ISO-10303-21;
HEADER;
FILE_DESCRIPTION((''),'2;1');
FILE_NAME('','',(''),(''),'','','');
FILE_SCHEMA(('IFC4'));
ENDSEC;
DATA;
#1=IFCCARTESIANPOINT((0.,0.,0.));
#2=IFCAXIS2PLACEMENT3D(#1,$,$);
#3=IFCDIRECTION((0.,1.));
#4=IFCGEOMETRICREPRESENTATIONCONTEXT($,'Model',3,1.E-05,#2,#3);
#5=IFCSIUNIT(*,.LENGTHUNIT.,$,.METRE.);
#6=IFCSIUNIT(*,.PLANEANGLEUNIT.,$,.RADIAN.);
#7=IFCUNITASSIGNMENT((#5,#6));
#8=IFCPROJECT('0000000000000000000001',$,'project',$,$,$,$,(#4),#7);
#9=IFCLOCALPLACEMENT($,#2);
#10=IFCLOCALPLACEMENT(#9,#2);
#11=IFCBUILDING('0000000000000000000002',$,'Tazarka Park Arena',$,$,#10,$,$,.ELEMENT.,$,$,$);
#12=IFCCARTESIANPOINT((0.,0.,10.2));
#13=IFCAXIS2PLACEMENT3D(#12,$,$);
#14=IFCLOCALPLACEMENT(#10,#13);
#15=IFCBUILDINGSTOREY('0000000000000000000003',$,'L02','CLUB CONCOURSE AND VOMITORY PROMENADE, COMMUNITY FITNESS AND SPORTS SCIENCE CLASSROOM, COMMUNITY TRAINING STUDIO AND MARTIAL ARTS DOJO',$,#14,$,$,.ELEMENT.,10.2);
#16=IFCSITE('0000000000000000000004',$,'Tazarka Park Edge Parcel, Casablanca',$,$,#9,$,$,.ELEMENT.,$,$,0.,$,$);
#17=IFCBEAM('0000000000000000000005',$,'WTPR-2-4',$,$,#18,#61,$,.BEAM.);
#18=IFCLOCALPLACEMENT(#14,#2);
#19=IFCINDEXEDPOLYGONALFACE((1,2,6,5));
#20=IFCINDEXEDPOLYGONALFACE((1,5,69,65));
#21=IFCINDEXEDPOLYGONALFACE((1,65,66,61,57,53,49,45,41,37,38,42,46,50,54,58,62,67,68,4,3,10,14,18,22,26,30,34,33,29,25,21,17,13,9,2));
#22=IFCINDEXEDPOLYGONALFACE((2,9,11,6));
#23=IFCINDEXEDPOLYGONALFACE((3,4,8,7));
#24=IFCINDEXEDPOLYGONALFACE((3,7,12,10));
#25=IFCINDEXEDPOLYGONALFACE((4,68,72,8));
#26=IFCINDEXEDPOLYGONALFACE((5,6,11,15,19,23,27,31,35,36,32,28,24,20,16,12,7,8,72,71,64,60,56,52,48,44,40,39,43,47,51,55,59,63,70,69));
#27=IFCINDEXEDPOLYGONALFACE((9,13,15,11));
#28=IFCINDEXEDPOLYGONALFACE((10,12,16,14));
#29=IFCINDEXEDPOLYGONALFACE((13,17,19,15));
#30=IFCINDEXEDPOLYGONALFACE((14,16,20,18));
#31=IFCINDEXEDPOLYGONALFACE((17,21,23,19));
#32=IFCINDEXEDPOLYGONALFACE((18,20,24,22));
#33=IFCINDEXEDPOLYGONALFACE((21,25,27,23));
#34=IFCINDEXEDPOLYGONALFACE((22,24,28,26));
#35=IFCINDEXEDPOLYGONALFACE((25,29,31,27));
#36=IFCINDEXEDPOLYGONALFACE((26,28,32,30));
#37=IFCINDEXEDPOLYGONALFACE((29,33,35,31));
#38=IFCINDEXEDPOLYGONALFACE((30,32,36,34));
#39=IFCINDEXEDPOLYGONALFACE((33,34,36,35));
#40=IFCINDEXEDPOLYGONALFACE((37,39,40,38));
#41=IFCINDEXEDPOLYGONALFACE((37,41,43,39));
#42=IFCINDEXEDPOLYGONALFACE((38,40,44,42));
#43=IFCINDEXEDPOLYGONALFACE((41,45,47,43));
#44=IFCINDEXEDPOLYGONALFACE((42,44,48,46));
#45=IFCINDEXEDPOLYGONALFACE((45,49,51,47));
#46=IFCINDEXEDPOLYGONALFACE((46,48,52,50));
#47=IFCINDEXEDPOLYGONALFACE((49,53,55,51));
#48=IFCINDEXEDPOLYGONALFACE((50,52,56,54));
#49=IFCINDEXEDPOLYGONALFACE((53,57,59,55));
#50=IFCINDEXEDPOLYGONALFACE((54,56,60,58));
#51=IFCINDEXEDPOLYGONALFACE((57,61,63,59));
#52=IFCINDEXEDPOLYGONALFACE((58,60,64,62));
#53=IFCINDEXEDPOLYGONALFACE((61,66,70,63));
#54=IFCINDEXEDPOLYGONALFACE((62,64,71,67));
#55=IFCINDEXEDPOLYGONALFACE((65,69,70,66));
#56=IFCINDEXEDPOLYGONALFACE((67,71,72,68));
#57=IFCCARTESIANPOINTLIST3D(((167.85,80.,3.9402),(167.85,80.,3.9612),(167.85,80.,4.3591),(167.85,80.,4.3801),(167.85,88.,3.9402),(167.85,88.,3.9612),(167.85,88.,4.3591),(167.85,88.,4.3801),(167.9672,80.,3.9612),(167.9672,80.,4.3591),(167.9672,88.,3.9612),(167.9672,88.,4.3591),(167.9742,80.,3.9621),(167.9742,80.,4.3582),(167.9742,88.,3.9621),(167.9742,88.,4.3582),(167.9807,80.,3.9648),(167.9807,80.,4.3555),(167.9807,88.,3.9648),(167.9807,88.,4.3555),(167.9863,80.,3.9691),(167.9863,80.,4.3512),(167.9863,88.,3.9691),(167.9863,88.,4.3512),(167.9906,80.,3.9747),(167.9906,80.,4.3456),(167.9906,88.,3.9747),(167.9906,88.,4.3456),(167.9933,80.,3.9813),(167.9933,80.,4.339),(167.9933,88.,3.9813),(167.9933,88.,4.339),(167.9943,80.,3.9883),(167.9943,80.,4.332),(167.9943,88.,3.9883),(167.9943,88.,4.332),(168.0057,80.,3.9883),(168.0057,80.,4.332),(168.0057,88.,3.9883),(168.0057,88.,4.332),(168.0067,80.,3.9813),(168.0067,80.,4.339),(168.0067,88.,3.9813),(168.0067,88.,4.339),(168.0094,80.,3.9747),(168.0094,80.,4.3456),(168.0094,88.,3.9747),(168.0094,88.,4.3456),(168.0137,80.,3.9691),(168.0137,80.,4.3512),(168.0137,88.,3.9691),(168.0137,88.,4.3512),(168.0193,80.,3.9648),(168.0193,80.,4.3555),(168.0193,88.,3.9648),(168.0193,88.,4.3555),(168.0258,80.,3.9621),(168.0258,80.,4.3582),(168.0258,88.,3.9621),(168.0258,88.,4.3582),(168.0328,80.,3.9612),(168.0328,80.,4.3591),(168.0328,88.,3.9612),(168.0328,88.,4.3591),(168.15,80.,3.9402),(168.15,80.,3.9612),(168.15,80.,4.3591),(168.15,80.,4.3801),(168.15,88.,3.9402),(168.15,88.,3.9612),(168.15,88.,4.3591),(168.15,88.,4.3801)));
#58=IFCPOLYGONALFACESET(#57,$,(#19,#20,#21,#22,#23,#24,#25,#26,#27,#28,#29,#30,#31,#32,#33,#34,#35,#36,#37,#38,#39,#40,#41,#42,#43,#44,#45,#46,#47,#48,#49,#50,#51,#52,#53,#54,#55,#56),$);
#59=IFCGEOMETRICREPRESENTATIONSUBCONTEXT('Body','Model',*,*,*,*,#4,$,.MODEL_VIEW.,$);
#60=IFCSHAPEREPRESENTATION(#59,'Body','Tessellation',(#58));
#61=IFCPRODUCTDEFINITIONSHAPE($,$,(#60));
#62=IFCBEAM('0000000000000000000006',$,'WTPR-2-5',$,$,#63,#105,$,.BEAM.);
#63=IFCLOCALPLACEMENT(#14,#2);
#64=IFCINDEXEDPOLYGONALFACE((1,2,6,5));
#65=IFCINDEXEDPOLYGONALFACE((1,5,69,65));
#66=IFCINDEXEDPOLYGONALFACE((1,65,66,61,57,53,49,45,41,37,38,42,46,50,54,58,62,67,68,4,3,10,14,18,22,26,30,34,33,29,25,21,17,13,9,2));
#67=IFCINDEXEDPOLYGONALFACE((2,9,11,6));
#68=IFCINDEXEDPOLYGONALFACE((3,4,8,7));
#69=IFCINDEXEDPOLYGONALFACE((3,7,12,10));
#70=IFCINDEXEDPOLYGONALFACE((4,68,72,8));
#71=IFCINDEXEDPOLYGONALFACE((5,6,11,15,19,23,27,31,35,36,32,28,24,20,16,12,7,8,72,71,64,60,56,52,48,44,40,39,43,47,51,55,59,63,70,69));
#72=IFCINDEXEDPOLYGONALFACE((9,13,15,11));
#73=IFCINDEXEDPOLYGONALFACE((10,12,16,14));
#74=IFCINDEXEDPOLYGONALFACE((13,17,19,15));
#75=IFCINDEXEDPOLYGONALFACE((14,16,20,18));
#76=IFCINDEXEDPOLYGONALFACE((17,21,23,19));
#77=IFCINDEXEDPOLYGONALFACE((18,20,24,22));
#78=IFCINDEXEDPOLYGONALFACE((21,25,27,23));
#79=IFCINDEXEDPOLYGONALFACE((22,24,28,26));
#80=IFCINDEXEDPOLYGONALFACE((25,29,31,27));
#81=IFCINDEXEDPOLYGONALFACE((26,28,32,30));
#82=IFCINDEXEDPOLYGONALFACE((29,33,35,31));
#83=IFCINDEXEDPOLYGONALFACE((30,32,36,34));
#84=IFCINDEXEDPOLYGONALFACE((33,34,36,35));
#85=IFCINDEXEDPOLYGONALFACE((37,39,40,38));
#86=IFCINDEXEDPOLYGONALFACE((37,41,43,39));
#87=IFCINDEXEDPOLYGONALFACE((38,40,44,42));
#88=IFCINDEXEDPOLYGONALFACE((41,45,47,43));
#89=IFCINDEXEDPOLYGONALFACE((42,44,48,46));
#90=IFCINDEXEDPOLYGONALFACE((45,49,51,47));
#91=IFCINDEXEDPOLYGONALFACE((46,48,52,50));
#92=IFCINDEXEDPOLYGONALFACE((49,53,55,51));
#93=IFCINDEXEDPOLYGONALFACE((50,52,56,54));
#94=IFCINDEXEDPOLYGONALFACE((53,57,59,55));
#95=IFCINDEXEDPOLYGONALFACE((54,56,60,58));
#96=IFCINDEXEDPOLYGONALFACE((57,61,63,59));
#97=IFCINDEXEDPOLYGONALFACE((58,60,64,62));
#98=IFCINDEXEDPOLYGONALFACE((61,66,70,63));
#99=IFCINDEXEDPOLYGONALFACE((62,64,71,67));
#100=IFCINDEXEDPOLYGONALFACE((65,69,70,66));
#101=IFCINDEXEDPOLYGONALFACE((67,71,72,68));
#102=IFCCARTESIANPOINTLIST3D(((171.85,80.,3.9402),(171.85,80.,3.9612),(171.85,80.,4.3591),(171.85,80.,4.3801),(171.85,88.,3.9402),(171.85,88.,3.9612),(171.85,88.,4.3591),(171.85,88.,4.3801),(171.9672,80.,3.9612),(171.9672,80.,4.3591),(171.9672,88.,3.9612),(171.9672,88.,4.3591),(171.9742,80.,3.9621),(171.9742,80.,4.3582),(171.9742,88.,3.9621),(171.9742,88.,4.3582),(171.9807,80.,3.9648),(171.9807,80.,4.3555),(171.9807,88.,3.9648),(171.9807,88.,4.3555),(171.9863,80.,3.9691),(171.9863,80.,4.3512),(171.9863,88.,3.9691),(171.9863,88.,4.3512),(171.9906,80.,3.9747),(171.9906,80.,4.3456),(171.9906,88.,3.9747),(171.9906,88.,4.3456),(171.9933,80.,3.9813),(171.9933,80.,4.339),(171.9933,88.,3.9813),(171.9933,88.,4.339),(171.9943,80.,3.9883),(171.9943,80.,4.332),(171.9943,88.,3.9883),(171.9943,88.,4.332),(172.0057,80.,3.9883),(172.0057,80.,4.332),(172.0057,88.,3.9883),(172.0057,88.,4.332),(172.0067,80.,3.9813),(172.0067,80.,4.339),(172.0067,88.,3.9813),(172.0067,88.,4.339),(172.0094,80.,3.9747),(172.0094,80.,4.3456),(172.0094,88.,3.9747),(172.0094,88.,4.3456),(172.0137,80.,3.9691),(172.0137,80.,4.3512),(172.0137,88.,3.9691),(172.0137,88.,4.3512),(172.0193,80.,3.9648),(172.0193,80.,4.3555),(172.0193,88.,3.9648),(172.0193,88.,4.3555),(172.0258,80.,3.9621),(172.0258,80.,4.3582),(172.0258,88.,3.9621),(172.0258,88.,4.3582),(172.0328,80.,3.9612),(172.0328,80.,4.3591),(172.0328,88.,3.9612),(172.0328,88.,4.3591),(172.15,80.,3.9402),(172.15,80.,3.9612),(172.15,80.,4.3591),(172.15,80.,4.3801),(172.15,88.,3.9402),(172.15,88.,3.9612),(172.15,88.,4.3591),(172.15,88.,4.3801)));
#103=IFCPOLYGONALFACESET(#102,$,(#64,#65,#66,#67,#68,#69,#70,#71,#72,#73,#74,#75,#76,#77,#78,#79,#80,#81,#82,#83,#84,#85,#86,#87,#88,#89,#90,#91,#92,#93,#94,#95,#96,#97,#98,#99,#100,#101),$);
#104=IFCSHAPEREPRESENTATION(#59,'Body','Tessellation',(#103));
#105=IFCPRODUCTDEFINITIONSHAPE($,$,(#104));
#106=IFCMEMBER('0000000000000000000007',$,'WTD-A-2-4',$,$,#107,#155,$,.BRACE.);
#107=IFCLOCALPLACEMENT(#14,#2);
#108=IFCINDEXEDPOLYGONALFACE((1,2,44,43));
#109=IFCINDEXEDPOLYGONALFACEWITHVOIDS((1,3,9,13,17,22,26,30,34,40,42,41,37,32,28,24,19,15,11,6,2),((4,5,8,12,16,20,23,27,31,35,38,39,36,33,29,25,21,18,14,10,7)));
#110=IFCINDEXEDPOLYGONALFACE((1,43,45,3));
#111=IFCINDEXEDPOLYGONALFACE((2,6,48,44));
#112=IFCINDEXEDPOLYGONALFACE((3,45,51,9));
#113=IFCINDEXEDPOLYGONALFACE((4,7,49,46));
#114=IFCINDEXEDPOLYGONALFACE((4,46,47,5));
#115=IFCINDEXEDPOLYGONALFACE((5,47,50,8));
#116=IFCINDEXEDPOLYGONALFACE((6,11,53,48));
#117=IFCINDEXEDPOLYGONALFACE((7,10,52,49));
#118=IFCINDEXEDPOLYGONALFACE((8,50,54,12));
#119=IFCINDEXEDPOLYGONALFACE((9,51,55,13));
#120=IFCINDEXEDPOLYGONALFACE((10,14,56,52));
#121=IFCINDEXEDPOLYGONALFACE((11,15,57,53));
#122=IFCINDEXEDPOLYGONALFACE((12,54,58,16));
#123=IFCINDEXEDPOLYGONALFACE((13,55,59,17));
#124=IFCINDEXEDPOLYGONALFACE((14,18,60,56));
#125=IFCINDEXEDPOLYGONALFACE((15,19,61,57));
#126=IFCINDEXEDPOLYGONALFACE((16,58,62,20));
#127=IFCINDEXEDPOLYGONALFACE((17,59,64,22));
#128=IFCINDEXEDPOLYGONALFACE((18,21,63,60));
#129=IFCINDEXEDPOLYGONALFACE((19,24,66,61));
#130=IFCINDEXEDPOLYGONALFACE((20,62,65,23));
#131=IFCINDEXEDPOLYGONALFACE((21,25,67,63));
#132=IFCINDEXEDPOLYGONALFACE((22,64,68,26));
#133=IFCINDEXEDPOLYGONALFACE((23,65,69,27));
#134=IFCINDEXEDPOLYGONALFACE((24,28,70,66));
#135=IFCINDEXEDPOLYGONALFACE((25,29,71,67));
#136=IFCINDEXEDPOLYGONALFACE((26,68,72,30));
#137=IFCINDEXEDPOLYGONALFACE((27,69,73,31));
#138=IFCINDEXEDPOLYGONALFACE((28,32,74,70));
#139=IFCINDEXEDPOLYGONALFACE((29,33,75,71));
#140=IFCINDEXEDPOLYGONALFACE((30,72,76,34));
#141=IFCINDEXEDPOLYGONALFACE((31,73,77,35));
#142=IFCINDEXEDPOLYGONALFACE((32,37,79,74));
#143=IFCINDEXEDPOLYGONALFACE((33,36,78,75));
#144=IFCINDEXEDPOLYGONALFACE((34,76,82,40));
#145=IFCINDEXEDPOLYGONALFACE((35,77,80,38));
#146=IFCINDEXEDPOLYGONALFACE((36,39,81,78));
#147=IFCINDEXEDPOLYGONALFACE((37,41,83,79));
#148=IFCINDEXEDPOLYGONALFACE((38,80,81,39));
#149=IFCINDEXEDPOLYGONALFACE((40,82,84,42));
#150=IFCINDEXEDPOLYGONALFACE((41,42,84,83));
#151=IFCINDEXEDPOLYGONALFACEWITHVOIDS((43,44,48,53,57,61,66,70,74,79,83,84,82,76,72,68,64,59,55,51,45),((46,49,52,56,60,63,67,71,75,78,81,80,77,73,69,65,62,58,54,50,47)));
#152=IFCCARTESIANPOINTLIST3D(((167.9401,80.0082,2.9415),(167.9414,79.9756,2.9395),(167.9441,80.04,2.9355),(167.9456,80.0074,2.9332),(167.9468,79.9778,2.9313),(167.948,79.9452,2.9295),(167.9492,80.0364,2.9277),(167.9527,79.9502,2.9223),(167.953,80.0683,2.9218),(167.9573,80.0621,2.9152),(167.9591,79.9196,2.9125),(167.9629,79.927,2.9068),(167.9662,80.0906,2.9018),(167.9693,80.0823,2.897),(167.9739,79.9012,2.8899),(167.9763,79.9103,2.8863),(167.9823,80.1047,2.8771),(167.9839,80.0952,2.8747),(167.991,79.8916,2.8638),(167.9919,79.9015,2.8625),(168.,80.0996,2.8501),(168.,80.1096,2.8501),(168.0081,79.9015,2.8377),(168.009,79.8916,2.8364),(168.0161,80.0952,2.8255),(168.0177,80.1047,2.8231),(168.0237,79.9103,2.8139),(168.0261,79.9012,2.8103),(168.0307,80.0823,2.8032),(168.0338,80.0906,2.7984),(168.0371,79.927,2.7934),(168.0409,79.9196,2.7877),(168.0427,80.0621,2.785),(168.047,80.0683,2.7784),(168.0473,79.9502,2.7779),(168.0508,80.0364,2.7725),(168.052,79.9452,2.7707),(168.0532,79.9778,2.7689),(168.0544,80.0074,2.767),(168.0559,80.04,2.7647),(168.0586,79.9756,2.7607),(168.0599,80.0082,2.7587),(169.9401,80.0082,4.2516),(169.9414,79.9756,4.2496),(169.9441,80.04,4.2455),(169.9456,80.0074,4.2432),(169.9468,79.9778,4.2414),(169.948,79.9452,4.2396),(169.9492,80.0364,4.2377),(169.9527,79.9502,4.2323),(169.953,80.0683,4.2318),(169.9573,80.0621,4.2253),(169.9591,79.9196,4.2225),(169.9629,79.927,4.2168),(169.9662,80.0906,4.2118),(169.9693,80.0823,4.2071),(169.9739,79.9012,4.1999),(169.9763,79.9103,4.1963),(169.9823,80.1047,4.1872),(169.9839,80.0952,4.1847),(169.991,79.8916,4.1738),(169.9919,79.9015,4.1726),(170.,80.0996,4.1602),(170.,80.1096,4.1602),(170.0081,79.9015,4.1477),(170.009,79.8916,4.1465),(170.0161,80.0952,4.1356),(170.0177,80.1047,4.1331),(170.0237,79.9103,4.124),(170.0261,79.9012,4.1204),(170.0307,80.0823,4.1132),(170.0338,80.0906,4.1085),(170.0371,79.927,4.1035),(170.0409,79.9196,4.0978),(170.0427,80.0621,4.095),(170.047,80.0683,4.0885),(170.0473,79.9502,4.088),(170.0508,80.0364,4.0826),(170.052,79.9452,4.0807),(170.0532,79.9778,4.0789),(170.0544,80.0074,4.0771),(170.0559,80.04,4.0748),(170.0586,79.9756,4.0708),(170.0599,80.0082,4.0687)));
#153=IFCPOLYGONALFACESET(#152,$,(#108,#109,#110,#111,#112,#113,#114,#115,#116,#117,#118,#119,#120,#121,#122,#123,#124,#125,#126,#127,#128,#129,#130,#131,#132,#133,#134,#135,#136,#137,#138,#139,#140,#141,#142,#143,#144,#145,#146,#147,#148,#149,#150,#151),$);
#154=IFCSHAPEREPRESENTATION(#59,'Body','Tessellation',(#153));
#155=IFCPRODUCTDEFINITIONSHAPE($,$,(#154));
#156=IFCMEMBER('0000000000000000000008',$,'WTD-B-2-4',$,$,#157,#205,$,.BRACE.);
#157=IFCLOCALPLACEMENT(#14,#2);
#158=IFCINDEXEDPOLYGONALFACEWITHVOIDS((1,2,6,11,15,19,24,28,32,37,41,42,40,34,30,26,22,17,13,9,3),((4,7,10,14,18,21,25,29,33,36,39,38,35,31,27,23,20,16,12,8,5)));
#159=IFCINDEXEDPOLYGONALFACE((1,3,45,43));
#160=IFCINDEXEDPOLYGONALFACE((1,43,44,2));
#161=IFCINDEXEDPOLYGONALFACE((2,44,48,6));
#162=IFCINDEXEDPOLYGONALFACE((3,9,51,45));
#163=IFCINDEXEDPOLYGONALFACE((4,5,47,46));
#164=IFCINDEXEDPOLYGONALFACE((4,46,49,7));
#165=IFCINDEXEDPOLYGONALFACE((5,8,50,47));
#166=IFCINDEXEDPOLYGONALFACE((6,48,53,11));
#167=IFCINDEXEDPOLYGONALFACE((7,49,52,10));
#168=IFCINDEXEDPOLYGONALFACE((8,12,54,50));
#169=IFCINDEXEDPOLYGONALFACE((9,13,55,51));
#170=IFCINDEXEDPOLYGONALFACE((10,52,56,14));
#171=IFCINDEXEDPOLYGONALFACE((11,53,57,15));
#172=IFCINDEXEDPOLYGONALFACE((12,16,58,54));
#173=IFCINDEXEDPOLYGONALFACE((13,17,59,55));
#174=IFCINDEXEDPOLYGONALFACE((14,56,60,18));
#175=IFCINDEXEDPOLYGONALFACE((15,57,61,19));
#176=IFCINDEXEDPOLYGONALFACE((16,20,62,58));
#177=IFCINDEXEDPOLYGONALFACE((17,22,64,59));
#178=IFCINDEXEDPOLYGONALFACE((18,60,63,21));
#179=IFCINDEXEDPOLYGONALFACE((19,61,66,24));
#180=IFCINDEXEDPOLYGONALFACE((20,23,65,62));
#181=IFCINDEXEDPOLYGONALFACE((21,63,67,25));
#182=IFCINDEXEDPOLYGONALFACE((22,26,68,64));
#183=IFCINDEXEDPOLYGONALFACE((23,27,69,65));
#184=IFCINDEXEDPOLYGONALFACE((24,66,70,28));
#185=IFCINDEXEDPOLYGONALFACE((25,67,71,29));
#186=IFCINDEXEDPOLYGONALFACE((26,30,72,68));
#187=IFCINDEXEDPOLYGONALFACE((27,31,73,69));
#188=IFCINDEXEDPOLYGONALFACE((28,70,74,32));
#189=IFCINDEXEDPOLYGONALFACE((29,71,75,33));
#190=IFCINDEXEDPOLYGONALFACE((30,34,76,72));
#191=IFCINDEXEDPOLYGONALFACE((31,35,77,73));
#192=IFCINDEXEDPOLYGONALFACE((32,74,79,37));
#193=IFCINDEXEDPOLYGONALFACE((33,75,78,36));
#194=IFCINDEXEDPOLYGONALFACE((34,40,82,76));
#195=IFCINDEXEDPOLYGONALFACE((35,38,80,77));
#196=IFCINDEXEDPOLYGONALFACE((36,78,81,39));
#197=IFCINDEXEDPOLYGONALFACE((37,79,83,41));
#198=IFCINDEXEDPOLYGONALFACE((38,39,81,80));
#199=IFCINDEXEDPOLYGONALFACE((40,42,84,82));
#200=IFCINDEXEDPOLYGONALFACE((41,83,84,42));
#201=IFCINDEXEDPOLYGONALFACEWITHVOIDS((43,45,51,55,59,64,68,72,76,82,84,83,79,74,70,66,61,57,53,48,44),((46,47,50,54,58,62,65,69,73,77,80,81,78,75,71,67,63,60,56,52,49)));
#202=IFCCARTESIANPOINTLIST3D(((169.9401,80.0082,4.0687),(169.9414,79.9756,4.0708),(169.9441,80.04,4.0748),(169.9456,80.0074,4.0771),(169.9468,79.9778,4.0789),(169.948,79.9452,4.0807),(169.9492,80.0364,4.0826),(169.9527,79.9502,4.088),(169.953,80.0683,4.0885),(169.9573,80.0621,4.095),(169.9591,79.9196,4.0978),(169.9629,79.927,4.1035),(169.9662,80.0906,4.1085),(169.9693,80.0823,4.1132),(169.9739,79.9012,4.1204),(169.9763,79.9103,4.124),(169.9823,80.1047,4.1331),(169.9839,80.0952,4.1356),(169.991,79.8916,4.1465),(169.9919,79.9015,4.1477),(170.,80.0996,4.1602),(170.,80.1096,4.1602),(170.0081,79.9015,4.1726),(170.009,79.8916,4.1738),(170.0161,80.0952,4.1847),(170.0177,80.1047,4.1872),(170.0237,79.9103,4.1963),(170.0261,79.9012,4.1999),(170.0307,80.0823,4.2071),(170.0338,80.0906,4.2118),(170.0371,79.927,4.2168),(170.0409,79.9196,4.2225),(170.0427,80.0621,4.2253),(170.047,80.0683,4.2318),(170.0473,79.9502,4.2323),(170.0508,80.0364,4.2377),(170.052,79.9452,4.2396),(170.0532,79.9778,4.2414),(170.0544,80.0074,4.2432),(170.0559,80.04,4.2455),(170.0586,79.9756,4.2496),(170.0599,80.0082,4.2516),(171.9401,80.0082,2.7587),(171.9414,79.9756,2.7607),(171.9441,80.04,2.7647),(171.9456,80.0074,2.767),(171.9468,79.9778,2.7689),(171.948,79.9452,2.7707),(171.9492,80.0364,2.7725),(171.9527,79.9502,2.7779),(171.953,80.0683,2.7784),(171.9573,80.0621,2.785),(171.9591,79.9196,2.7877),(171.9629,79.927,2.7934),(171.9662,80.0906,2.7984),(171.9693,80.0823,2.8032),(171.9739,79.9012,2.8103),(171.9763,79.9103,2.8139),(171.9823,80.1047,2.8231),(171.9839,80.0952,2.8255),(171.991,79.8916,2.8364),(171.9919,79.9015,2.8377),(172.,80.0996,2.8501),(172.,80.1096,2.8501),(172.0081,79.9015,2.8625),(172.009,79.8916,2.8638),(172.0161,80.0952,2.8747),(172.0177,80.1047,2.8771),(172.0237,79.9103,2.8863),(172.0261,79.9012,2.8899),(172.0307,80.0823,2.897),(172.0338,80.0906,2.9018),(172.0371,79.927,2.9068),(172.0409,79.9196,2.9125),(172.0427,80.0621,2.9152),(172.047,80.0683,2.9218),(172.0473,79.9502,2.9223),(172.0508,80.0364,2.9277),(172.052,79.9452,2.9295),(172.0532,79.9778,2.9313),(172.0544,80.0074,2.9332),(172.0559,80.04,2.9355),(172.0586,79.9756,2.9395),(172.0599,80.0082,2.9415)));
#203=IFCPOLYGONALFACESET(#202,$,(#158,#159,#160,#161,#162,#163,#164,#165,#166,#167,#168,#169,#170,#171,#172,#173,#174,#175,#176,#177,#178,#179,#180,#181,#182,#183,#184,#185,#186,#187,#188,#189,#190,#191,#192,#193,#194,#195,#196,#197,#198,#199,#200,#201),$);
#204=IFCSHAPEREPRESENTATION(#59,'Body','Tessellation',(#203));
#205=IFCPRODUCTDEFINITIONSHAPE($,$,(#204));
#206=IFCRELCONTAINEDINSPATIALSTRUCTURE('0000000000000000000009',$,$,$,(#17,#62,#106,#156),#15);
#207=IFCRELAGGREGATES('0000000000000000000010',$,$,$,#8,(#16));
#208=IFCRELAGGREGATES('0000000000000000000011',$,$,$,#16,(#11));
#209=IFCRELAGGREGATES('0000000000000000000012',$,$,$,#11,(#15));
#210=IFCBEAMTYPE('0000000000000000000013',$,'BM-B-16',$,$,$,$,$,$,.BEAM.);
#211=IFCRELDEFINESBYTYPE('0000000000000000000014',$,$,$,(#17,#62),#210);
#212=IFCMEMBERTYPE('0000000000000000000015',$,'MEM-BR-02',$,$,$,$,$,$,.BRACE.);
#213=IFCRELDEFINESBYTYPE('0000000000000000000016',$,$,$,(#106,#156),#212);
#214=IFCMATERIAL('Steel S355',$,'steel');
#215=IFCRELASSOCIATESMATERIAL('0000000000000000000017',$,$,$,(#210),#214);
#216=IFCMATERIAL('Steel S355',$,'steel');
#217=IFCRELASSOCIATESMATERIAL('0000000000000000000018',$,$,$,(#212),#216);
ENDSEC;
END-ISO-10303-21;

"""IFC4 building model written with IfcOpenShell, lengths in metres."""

from ifc_helpers import new_model, si_unit, direction, frame, origin, origin_2d, place, context, subcontext, project, spatial, hollow_circle, i_section, extrude, material, material_profile, profile_set, type_object, element, save


model = new_model("IFC4")

# Units and contexts
model_context = context("Model", 3, precision=1e-05, world=origin(), true_north=direction((0.0, 1.0)))
body_context = subcontext(model_context, "Body", "Model", "MODEL_VIEW")
ifc_project = project(units=[si_unit("LENGTHUNIT", "METRE"), si_unit("PLANEANGLEUNIT", "RADIAN")], contexts=[model_context])

# Site, building, storey
site_placement = place(None, origin())
site = spatial("IfcSite", under=ifc_project, at=site_placement, Name="Tazarka Park Edge Parcel, Casablanca", CompositionType="ELEMENT", RefElevation=0.0)
building_placement = place(site_placement, origin())
building = spatial("IfcBuilding", under=site, at=building_placement, Name="Tazarka Park Arena", CompositionType="ELEMENT")
storey_placement = place(building_placement, frame((0.0, 0.0, 10.2)))
storey = spatial("IfcBuildingStorey", under=building, at=storey_placement, Name="L02", Description="CLUB CONCOURSE AND VOMITORY PROMENADE, COMMUNITY FITNESS AND SPORTS SCIENCE CLASSROOM, COMMUNITY TRAINING STUDIO AND MARTIAL ARTS DOJO", CompositionType="ELEMENT", Elevation=10.2)

# Beams
ifc_material_1 = material(Name="Steel S355", Category="steel")
ifc_material_profile_1 = material_profile(ifc_material_1, i_section(OverallWidth=0.3, OverallDepth=0.4399, WebThickness=0.0115, FlangeThickness=0.021, FilletRadius=0.0271, at=origin_2d()), Name="Steel S355")
ifc_profile_set_1 = profile_set([ifc_material_profile_1], Name="Steel S355")
beam_type = type_object("IfcBeamType", Name="BM-B-16", PredefinedType="BEAM", material=ifc_profile_set_1)
for number, where, z_axis, x_axis, name in (
    (1, (168.0, 80.0, 4.1602), (0.0, 1.0, 0.0), (-1.0, 0.0, 0.0), "WTPR-2-4"),
    (2, (172.0, 80.0, 4.1602), (0.0, 1.0, 0.0), (-1.0, 0.0, 0.0), "WTPR-2-5"),
):
    element("IfcBeam", number, at=place(storey_placement, frame(where, z_axis=z_axis, x_axis=x_axis)), inside=storey, type_object=beam_type, Name=name, PredefinedType="BEAM", context=body_context, shape_type="SweptSolid", body=[
        extrude(i_section(OverallWidth=0.3, OverallDepth=0.4399, WebThickness=0.0115, FlangeThickness=0.021, FilletRadius=0.0271, at=origin_2d()), origin(), (0.0, 0.0, 1.0), 8.0),
    ])

# Members
ifc_material_2 = material(Name="Steel S355", Category="steel")
ifc_material_profile_2 = material_profile(ifc_material_2, hollow_circle(Radius=0.1096, WallThickness=0.01, at=origin_2d()), Name="Steel S355")
ifc_profile_set_2 = profile_set([ifc_material_profile_2], Name="Steel S355")
member_type_1 = type_object("IfcMemberType", Name="MEM-BR-02", PredefinedType="BRACE", material=ifc_profile_set_2)
for number, where, z_axis, x_axis, name in (
    (3, (168.0, 80.0, 2.8501), (0.836516, 0.0, 0.547942), (0.0, 1.0, 0.0), "WTD-A-2-4"),
    (4, (170.0, 80.0, 4.1602), (0.836516, 0.0, -0.547942), (0.0, 1.0, 0.0), "WTD-B-2-4"),
):
    element("IfcMember", number, at=place(storey_placement, frame(where, z_axis=z_axis, x_axis=x_axis)), inside=storey, type_object=member_type_1, Name=name, PredefinedType="BRACE", context=body_context, shape_type="SweptSolid", body=[
        extrude(hollow_circle(Radius=0.1096, WallThickness=0.01, at=origin_2d()), origin(), (0.0, 0.0, 1.0), 2.3909),
    ])

save(model, "model.ifc")
